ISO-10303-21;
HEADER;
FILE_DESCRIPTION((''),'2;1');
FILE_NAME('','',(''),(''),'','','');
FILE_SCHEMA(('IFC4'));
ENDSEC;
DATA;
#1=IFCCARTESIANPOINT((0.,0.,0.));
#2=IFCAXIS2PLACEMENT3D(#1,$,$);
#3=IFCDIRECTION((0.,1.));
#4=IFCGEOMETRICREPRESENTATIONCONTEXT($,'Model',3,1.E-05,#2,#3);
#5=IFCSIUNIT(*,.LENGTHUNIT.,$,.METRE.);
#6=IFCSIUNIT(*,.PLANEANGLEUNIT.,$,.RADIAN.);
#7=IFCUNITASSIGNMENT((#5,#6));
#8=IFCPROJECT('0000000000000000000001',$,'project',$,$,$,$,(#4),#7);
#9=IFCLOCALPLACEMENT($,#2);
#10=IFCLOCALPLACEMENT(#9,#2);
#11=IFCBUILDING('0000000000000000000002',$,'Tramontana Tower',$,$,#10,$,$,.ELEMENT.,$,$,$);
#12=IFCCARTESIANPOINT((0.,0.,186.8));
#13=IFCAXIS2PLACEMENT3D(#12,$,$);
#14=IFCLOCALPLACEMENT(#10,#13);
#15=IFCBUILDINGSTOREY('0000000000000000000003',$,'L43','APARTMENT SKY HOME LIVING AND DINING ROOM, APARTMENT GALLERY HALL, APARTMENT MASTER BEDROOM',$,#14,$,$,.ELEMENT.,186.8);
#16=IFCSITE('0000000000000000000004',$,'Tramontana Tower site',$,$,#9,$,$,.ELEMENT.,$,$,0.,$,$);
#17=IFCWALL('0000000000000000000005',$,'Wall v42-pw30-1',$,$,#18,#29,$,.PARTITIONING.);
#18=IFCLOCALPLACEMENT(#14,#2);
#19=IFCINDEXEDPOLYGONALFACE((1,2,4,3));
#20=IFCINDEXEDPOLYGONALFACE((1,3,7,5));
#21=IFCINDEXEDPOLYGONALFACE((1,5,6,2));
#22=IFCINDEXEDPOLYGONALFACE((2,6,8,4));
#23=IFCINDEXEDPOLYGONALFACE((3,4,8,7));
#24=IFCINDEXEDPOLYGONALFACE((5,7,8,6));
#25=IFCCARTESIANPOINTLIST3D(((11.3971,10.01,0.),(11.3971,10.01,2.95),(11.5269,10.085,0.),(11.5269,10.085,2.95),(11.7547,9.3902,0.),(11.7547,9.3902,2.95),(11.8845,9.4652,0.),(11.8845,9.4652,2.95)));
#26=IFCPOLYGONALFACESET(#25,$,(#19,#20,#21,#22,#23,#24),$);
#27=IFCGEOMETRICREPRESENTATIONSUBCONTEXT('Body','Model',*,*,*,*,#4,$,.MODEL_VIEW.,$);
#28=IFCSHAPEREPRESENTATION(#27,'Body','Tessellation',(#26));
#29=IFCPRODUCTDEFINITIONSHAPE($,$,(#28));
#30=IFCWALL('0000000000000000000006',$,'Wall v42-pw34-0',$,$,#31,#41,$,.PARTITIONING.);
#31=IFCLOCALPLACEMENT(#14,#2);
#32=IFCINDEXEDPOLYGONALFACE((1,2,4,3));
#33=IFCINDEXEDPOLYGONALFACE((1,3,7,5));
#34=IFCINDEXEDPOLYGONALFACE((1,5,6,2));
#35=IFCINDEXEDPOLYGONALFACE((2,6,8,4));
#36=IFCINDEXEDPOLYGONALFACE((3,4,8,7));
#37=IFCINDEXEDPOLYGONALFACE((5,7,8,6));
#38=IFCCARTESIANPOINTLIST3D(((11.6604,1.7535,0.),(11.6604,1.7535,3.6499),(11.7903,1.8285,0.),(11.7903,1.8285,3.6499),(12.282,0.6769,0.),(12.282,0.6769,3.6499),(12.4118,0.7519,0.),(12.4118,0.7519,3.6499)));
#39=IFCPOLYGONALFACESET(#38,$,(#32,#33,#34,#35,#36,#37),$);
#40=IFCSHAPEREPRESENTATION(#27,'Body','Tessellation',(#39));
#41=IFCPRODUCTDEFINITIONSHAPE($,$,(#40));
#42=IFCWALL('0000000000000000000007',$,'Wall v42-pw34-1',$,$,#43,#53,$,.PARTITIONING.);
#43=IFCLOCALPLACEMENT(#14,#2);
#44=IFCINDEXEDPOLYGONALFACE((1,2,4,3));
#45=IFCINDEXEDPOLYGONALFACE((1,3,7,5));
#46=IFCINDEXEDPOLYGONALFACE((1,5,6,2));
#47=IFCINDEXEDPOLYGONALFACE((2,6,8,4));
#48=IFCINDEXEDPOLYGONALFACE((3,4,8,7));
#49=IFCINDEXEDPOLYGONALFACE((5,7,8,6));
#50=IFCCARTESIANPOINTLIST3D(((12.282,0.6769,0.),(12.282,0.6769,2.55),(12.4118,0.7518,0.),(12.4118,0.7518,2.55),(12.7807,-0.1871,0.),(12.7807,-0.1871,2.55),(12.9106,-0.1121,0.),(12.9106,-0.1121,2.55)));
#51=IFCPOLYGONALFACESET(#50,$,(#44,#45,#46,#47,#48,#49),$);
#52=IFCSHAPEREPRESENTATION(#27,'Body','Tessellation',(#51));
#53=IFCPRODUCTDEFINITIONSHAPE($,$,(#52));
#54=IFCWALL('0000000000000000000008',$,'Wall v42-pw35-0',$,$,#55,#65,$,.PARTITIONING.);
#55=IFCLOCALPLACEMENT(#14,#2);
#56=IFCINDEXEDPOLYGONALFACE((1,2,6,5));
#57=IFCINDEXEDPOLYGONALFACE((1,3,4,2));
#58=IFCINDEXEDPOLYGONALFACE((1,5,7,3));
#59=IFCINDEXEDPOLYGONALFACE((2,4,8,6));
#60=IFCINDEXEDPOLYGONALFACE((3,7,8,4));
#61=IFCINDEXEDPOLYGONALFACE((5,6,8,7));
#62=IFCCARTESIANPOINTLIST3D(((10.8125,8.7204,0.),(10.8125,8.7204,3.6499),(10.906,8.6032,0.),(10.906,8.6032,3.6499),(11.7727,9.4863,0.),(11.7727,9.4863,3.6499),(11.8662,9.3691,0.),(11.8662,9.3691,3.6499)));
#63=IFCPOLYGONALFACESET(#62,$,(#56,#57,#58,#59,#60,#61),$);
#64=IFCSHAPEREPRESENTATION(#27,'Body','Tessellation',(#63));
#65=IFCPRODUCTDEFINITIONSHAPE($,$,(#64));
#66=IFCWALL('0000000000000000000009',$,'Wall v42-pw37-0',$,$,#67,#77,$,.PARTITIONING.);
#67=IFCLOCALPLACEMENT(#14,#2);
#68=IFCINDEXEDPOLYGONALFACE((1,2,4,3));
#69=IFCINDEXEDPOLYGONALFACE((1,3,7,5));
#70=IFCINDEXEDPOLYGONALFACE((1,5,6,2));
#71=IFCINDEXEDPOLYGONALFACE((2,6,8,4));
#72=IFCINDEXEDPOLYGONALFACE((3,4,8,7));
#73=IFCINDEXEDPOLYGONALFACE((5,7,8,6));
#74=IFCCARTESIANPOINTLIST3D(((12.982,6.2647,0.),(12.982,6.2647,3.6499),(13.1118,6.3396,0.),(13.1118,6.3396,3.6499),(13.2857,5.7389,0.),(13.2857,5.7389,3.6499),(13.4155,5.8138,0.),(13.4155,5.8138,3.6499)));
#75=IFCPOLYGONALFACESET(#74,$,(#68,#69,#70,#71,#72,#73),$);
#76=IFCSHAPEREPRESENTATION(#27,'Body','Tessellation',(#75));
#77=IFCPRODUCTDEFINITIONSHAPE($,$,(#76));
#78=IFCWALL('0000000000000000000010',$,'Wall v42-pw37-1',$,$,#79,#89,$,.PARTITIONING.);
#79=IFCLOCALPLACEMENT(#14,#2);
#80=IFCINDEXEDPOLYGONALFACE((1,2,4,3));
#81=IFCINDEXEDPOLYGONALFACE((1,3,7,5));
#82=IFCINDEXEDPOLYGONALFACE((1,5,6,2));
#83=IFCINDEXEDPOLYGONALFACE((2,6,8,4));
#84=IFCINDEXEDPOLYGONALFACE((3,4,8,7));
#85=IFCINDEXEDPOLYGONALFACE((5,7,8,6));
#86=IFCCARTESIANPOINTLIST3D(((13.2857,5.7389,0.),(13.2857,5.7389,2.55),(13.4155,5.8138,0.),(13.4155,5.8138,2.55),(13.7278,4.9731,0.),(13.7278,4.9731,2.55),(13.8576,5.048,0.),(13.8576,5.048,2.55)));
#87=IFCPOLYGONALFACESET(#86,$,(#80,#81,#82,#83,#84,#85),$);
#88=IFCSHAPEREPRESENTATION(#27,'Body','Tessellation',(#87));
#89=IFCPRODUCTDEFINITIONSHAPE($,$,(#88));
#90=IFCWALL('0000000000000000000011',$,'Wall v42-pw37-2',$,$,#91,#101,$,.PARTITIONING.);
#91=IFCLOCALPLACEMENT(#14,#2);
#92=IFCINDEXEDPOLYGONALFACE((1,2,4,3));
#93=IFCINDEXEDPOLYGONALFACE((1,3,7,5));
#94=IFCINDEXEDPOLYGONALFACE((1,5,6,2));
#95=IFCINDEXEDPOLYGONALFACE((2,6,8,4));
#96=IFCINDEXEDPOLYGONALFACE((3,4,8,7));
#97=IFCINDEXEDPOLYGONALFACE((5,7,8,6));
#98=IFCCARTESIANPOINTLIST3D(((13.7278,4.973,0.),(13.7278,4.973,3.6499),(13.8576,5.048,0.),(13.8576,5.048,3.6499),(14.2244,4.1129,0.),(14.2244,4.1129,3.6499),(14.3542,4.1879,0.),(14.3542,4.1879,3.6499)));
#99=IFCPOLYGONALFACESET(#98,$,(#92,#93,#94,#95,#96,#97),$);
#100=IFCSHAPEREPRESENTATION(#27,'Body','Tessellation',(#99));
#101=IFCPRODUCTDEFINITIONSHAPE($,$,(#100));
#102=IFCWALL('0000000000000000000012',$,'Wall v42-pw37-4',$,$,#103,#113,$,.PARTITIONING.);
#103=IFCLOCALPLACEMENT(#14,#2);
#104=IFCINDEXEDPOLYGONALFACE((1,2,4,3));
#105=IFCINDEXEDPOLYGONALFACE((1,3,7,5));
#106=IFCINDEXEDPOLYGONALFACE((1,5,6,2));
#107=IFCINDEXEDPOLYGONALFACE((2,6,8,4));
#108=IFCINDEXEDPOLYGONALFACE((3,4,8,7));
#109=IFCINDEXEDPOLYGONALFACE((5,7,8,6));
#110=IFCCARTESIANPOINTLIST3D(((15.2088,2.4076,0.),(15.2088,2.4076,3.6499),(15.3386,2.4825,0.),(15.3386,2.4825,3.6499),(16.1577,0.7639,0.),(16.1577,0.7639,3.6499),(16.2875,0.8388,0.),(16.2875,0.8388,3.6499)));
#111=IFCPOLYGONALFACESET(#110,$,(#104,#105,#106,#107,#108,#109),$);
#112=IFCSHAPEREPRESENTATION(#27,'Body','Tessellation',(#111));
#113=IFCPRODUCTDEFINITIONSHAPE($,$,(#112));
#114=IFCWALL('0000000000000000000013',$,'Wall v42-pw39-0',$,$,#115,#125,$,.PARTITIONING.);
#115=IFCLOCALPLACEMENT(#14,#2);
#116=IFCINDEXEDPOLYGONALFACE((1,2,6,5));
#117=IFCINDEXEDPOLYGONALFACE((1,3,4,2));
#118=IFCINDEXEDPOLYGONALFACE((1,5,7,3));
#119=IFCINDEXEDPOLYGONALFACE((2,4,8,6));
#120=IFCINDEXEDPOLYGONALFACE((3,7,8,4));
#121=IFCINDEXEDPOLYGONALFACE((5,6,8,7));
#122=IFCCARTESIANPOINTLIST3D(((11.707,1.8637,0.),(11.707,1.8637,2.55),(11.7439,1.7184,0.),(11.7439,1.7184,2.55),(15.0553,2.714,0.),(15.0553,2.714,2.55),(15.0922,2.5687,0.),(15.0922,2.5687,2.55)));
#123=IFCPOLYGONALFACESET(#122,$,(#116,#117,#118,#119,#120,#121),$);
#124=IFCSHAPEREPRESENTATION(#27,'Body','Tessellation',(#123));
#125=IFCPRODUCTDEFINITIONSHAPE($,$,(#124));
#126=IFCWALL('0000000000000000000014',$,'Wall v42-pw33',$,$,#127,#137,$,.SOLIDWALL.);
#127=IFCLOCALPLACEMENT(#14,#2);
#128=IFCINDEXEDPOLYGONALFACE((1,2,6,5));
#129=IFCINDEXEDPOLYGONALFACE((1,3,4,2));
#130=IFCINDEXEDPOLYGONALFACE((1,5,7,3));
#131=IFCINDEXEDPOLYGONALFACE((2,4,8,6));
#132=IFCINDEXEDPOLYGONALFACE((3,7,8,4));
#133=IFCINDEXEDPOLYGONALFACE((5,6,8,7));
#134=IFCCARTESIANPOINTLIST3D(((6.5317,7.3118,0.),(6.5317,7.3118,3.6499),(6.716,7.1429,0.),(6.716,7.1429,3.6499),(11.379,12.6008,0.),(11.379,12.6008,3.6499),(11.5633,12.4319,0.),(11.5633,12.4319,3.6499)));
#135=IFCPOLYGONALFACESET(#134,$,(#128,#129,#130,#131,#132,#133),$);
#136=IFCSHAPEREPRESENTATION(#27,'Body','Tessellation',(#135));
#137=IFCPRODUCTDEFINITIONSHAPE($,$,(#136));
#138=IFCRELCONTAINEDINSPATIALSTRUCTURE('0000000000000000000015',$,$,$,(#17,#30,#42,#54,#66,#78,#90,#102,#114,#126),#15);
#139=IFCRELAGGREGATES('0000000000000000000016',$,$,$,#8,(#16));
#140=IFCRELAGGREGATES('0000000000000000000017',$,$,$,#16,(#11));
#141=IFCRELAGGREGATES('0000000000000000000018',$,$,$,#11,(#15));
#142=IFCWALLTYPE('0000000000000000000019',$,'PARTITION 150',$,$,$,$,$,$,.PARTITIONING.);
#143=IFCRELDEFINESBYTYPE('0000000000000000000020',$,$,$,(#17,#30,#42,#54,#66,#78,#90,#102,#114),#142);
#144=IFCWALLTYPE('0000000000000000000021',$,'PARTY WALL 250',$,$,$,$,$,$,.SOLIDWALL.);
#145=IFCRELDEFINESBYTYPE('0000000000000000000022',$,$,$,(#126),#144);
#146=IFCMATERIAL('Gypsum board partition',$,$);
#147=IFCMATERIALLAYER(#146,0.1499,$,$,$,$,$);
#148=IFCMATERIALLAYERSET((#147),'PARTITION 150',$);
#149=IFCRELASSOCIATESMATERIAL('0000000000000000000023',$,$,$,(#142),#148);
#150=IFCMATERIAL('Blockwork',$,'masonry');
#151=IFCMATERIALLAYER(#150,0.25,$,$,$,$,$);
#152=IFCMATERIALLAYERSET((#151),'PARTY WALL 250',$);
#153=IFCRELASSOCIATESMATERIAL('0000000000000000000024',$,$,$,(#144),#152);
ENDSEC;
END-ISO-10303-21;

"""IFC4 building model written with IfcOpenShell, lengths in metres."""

from ifc_helpers import new_model, si_unit, direction, frame, frame_2d, origin, place, context, subcontext, project, spatial, rectangle, extrude, material, layer, layer_set, type_object, element, save


model = new_model("IFC4")

# Units and contexts
model_context = context("Model", 3, precision=1e-05, world=origin(), true_north=direction((0.0, 1.0)))
body_context = subcontext(model_context, "Body", "Model", "MODEL_VIEW")
ifc_project = project(units=[si_unit("LENGTHUNIT", "METRE"), si_unit("PLANEANGLEUNIT", "RADIAN")], contexts=[model_context])

# Site, building, storey
site_placement = place(None, origin())
site = spatial("IfcSite", under=ifc_project, at=site_placement, Name="Tramontana Tower site", CompositionType="ELEMENT", RefElevation=0.0)
building_placement = place(site_placement, origin())
building = spatial("IfcBuilding", under=site, at=building_placement, Name="Tramontana Tower", CompositionType="ELEMENT")
storey_placement = place(building_placement, frame((0.0, 0.0, 186.8)))
storey = spatial("IfcBuildingStorey", under=building, at=storey_placement, Name="L43", Description="APARTMENT SKY HOME LIVING AND DINING ROOM, APARTMENT GALLERY HALL, APARTMENT MASTER BEDROOM", CompositionType="ELEMENT", Elevation=186.8)

# Shared definitions
ifc_material_1 = material(Name="Gypsum board partition")
ifc_layer_1 = layer(ifc_material_1, 0.1499)
ifc_layer_set_1 = layer_set([ifc_layer_1], Name="PARTITION 150")
wall_type_1 = type_object("IfcWallType", Name="PARTITION 150", PredefinedType="PARTITIONING", material=ifc_layer_set_1)

# Walls
wall_1_placement = place(storey_placement, frame((11.4619, 10.0476, 0.0), z_axis=(0.0, 0.0, 1.0), x_axis=(0.499772, -0.866157, 0.0)))
element("IfcWall", 1, at=wall_1_placement, inside=storey, type_object=wall_type_1, Name="Wall v42-pw30-1", PredefinedType="PARTITIONING", context=body_context, shape_type="SweptSolid", body=[
    extrude(rectangle(XDim=0.7156, YDim=0.1499, at=frame_2d((0.3579, 0.0))), origin(), (0.0, 0.0, 1.0), 2.95),
])
wall_2_placement = place(storey_placement, frame((11.7253, 1.791, 0.0), z_axis=(0.0, 0.0, 1.0), x_axis=(0.499983, -0.866035, 0.0)))
element("IfcWall", 2, at=wall_2_placement, inside=storey, type_object=wall_type_1, Name="Wall v42-pw34-0", PredefinedType="PARTITIONING", context=body_context, shape_type="SweptSolid", body=[
    extrude(rectangle(XDim=1.2432, YDim=0.1499, at=frame_2d((0.6216, 0.0))), origin(), (0.0, 0.0, 1.0), 3.6499),
])
wall_3_placement = place(storey_placement, frame((12.3469, 0.7144, 0.0), z_axis=(0.0, 0.0, 1.0), x_axis=(0.499955, -0.866051, 0.0)))
element("IfcWall", 3, at=wall_3_placement, inside=storey, type_object=wall_type_1, Name="Wall v42-pw34-1", PredefinedType="PARTITIONING", context=body_context, shape_type="SweptSolid", body=[
    extrude(rectangle(XDim=0.9976, YDim=0.1499, at=frame_2d((0.4988, 0.0))), origin(), (0.0, 0.0, 1.0), 2.55),
])
wall_4_placement = place(storey_placement, frame((11.8196, 9.4277, 0.0), z_axis=(0.0, 0.0, 1.0), x_axis=(-0.781779, -0.623555, 0.0)))
element("IfcWall", 4, at=wall_4_placement, inside=storey, type_object=wall_type_1, Name="Wall v42-pw35-0", PredefinedType="PARTITIONING", context=body_context, shape_type="SweptSolid", body=[
    extrude(rectangle(XDim=1.2283, YDim=0.1499, at=frame_2d((0.6143, 0.0))), origin(), (0.0, 0.0, 1.0), 3.6499),
])
wall_5_placement = place(storey_placement, frame((13.0469, 6.3022, 0.0), z_axis=(0.0, 0.0, 1.0), x_axis=(0.500117, -0.865958, 0.0)))
element("IfcWall", 5, at=wall_5_placement, inside=storey, type_object=wall_type_1, Name="Wall v42-pw37-0", PredefinedType="PARTITIONING", context=body_context, shape_type="SweptSolid", body=[
    extrude(rectangle(XDim=0.6072, YDim=0.1499, at=frame_2d((0.3037, 0.0))), origin(), (0.0, 0.0, 1.0), 3.6499),
])
wall_6_placement = place(storey_placement, frame((13.3506, 5.7764, 0.0), z_axis=(0.0, 0.0, 1.0), x_axis=(0.499969, -0.866043, 0.0)))
element("IfcWall", 6, at=wall_6_placement, inside=storey, type_object=wall_type_1, Name="Wall v42-pw37-1", PredefinedType="PARTITIONING", context=body_context, shape_type="SweptSolid", body=[
    extrude(rectangle(XDim=0.8843, YDim=0.1499, at=frame_2d((0.4421, 0.0))), origin(), (0.0, 0.0, 1.0), 2.55),
])
wall_7_placement = place(storey_placement, frame((13.7927, 5.0105, 0.0), z_axis=(0.0, 0.0, 1.0), x_axis=(0.499999, -0.866026, 0.0)))
element("IfcWall", 7, at=wall_7_placement, inside=storey, type_object=wall_type_1, Name="Wall v42-pw37-2", PredefinedType="PARTITIONING", context=body_context, shape_type="SweptSolid", body=[
    extrude(rectangle(XDim=0.9932, YDim=0.1499, at=frame_2d((0.4966, 0.0))), origin(), (0.0, 0.0, 1.0), 3.6499),
])

# Walls
wall_8_placement = place(storey_placement, frame((15.2737, 2.4451, 0.0), z_axis=(0.0, 0.0, 1.0), x_axis=(0.499971, -0.866042, 0.0)))
element("IfcWall", 8, at=wall_8_placement, inside=storey, type_object=wall_type_1, Name="Wall v42-pw37-4", PredefinedType="PARTITIONING", context=body_context, shape_type="SweptSolid", body=[
    extrude(rectangle(XDim=1.8979, YDim=0.1499, at=frame_2d((0.949, 0.0))), origin(), (0.0, 0.0, 1.0), 3.6499),
])
wall_9_placement = place(storey_placement, frame((15.0737, 2.6414, 0.0), z_axis=(0.0, 0.0, 1.0), x_axis=(-0.969234, -0.246142, 0.0)))
element("IfcWall", 9, at=wall_9_placement, inside=storey, type_object=wall_type_1, Name="Wall v42-pw39-0", PredefinedType="PARTITIONING", context=body_context, shape_type="SweptSolid", body=[
    extrude(rectangle(XDim=3.4546, YDim=0.1499, at=frame_2d((1.7273, 0.0))), origin(), (0.0, 0.0, 1.0), 2.55),
])
ifc_material_2 = material(Name="Blockwork", Category="masonry")
ifc_layer_2 = layer(ifc_material_2, 0.25)
ifc_layer_set_2 = layer_set([ifc_layer_2], Name="PARTY WALL 250")
wall_type_2 = type_object("IfcWallType", Name="PARTY WALL 250", PredefinedType="SOLIDWALL", material=ifc_layer_set_2)
wall_10_placement = place(storey_placement, frame((11.4712, 12.5164, 0.0), z_axis=(0.0, 0.0, 1.0), x_axis=(-0.675657, -0.737216, 0.0)))
element("IfcWall", 10, at=wall_10_placement, inside=storey, type_object=wall_type_2, Name="Wall v42-pw33", PredefinedType="SOLIDWALL", context=body_context, shape_type="SweptSolid", body=[
    extrude(rectangle(XDim=7.1743, YDim=0.25, at=frame_2d((3.5872, 0.0))), origin(), (0.0, 0.0, 1.0), 3.6499),
])

save(model, "model.ifc")
